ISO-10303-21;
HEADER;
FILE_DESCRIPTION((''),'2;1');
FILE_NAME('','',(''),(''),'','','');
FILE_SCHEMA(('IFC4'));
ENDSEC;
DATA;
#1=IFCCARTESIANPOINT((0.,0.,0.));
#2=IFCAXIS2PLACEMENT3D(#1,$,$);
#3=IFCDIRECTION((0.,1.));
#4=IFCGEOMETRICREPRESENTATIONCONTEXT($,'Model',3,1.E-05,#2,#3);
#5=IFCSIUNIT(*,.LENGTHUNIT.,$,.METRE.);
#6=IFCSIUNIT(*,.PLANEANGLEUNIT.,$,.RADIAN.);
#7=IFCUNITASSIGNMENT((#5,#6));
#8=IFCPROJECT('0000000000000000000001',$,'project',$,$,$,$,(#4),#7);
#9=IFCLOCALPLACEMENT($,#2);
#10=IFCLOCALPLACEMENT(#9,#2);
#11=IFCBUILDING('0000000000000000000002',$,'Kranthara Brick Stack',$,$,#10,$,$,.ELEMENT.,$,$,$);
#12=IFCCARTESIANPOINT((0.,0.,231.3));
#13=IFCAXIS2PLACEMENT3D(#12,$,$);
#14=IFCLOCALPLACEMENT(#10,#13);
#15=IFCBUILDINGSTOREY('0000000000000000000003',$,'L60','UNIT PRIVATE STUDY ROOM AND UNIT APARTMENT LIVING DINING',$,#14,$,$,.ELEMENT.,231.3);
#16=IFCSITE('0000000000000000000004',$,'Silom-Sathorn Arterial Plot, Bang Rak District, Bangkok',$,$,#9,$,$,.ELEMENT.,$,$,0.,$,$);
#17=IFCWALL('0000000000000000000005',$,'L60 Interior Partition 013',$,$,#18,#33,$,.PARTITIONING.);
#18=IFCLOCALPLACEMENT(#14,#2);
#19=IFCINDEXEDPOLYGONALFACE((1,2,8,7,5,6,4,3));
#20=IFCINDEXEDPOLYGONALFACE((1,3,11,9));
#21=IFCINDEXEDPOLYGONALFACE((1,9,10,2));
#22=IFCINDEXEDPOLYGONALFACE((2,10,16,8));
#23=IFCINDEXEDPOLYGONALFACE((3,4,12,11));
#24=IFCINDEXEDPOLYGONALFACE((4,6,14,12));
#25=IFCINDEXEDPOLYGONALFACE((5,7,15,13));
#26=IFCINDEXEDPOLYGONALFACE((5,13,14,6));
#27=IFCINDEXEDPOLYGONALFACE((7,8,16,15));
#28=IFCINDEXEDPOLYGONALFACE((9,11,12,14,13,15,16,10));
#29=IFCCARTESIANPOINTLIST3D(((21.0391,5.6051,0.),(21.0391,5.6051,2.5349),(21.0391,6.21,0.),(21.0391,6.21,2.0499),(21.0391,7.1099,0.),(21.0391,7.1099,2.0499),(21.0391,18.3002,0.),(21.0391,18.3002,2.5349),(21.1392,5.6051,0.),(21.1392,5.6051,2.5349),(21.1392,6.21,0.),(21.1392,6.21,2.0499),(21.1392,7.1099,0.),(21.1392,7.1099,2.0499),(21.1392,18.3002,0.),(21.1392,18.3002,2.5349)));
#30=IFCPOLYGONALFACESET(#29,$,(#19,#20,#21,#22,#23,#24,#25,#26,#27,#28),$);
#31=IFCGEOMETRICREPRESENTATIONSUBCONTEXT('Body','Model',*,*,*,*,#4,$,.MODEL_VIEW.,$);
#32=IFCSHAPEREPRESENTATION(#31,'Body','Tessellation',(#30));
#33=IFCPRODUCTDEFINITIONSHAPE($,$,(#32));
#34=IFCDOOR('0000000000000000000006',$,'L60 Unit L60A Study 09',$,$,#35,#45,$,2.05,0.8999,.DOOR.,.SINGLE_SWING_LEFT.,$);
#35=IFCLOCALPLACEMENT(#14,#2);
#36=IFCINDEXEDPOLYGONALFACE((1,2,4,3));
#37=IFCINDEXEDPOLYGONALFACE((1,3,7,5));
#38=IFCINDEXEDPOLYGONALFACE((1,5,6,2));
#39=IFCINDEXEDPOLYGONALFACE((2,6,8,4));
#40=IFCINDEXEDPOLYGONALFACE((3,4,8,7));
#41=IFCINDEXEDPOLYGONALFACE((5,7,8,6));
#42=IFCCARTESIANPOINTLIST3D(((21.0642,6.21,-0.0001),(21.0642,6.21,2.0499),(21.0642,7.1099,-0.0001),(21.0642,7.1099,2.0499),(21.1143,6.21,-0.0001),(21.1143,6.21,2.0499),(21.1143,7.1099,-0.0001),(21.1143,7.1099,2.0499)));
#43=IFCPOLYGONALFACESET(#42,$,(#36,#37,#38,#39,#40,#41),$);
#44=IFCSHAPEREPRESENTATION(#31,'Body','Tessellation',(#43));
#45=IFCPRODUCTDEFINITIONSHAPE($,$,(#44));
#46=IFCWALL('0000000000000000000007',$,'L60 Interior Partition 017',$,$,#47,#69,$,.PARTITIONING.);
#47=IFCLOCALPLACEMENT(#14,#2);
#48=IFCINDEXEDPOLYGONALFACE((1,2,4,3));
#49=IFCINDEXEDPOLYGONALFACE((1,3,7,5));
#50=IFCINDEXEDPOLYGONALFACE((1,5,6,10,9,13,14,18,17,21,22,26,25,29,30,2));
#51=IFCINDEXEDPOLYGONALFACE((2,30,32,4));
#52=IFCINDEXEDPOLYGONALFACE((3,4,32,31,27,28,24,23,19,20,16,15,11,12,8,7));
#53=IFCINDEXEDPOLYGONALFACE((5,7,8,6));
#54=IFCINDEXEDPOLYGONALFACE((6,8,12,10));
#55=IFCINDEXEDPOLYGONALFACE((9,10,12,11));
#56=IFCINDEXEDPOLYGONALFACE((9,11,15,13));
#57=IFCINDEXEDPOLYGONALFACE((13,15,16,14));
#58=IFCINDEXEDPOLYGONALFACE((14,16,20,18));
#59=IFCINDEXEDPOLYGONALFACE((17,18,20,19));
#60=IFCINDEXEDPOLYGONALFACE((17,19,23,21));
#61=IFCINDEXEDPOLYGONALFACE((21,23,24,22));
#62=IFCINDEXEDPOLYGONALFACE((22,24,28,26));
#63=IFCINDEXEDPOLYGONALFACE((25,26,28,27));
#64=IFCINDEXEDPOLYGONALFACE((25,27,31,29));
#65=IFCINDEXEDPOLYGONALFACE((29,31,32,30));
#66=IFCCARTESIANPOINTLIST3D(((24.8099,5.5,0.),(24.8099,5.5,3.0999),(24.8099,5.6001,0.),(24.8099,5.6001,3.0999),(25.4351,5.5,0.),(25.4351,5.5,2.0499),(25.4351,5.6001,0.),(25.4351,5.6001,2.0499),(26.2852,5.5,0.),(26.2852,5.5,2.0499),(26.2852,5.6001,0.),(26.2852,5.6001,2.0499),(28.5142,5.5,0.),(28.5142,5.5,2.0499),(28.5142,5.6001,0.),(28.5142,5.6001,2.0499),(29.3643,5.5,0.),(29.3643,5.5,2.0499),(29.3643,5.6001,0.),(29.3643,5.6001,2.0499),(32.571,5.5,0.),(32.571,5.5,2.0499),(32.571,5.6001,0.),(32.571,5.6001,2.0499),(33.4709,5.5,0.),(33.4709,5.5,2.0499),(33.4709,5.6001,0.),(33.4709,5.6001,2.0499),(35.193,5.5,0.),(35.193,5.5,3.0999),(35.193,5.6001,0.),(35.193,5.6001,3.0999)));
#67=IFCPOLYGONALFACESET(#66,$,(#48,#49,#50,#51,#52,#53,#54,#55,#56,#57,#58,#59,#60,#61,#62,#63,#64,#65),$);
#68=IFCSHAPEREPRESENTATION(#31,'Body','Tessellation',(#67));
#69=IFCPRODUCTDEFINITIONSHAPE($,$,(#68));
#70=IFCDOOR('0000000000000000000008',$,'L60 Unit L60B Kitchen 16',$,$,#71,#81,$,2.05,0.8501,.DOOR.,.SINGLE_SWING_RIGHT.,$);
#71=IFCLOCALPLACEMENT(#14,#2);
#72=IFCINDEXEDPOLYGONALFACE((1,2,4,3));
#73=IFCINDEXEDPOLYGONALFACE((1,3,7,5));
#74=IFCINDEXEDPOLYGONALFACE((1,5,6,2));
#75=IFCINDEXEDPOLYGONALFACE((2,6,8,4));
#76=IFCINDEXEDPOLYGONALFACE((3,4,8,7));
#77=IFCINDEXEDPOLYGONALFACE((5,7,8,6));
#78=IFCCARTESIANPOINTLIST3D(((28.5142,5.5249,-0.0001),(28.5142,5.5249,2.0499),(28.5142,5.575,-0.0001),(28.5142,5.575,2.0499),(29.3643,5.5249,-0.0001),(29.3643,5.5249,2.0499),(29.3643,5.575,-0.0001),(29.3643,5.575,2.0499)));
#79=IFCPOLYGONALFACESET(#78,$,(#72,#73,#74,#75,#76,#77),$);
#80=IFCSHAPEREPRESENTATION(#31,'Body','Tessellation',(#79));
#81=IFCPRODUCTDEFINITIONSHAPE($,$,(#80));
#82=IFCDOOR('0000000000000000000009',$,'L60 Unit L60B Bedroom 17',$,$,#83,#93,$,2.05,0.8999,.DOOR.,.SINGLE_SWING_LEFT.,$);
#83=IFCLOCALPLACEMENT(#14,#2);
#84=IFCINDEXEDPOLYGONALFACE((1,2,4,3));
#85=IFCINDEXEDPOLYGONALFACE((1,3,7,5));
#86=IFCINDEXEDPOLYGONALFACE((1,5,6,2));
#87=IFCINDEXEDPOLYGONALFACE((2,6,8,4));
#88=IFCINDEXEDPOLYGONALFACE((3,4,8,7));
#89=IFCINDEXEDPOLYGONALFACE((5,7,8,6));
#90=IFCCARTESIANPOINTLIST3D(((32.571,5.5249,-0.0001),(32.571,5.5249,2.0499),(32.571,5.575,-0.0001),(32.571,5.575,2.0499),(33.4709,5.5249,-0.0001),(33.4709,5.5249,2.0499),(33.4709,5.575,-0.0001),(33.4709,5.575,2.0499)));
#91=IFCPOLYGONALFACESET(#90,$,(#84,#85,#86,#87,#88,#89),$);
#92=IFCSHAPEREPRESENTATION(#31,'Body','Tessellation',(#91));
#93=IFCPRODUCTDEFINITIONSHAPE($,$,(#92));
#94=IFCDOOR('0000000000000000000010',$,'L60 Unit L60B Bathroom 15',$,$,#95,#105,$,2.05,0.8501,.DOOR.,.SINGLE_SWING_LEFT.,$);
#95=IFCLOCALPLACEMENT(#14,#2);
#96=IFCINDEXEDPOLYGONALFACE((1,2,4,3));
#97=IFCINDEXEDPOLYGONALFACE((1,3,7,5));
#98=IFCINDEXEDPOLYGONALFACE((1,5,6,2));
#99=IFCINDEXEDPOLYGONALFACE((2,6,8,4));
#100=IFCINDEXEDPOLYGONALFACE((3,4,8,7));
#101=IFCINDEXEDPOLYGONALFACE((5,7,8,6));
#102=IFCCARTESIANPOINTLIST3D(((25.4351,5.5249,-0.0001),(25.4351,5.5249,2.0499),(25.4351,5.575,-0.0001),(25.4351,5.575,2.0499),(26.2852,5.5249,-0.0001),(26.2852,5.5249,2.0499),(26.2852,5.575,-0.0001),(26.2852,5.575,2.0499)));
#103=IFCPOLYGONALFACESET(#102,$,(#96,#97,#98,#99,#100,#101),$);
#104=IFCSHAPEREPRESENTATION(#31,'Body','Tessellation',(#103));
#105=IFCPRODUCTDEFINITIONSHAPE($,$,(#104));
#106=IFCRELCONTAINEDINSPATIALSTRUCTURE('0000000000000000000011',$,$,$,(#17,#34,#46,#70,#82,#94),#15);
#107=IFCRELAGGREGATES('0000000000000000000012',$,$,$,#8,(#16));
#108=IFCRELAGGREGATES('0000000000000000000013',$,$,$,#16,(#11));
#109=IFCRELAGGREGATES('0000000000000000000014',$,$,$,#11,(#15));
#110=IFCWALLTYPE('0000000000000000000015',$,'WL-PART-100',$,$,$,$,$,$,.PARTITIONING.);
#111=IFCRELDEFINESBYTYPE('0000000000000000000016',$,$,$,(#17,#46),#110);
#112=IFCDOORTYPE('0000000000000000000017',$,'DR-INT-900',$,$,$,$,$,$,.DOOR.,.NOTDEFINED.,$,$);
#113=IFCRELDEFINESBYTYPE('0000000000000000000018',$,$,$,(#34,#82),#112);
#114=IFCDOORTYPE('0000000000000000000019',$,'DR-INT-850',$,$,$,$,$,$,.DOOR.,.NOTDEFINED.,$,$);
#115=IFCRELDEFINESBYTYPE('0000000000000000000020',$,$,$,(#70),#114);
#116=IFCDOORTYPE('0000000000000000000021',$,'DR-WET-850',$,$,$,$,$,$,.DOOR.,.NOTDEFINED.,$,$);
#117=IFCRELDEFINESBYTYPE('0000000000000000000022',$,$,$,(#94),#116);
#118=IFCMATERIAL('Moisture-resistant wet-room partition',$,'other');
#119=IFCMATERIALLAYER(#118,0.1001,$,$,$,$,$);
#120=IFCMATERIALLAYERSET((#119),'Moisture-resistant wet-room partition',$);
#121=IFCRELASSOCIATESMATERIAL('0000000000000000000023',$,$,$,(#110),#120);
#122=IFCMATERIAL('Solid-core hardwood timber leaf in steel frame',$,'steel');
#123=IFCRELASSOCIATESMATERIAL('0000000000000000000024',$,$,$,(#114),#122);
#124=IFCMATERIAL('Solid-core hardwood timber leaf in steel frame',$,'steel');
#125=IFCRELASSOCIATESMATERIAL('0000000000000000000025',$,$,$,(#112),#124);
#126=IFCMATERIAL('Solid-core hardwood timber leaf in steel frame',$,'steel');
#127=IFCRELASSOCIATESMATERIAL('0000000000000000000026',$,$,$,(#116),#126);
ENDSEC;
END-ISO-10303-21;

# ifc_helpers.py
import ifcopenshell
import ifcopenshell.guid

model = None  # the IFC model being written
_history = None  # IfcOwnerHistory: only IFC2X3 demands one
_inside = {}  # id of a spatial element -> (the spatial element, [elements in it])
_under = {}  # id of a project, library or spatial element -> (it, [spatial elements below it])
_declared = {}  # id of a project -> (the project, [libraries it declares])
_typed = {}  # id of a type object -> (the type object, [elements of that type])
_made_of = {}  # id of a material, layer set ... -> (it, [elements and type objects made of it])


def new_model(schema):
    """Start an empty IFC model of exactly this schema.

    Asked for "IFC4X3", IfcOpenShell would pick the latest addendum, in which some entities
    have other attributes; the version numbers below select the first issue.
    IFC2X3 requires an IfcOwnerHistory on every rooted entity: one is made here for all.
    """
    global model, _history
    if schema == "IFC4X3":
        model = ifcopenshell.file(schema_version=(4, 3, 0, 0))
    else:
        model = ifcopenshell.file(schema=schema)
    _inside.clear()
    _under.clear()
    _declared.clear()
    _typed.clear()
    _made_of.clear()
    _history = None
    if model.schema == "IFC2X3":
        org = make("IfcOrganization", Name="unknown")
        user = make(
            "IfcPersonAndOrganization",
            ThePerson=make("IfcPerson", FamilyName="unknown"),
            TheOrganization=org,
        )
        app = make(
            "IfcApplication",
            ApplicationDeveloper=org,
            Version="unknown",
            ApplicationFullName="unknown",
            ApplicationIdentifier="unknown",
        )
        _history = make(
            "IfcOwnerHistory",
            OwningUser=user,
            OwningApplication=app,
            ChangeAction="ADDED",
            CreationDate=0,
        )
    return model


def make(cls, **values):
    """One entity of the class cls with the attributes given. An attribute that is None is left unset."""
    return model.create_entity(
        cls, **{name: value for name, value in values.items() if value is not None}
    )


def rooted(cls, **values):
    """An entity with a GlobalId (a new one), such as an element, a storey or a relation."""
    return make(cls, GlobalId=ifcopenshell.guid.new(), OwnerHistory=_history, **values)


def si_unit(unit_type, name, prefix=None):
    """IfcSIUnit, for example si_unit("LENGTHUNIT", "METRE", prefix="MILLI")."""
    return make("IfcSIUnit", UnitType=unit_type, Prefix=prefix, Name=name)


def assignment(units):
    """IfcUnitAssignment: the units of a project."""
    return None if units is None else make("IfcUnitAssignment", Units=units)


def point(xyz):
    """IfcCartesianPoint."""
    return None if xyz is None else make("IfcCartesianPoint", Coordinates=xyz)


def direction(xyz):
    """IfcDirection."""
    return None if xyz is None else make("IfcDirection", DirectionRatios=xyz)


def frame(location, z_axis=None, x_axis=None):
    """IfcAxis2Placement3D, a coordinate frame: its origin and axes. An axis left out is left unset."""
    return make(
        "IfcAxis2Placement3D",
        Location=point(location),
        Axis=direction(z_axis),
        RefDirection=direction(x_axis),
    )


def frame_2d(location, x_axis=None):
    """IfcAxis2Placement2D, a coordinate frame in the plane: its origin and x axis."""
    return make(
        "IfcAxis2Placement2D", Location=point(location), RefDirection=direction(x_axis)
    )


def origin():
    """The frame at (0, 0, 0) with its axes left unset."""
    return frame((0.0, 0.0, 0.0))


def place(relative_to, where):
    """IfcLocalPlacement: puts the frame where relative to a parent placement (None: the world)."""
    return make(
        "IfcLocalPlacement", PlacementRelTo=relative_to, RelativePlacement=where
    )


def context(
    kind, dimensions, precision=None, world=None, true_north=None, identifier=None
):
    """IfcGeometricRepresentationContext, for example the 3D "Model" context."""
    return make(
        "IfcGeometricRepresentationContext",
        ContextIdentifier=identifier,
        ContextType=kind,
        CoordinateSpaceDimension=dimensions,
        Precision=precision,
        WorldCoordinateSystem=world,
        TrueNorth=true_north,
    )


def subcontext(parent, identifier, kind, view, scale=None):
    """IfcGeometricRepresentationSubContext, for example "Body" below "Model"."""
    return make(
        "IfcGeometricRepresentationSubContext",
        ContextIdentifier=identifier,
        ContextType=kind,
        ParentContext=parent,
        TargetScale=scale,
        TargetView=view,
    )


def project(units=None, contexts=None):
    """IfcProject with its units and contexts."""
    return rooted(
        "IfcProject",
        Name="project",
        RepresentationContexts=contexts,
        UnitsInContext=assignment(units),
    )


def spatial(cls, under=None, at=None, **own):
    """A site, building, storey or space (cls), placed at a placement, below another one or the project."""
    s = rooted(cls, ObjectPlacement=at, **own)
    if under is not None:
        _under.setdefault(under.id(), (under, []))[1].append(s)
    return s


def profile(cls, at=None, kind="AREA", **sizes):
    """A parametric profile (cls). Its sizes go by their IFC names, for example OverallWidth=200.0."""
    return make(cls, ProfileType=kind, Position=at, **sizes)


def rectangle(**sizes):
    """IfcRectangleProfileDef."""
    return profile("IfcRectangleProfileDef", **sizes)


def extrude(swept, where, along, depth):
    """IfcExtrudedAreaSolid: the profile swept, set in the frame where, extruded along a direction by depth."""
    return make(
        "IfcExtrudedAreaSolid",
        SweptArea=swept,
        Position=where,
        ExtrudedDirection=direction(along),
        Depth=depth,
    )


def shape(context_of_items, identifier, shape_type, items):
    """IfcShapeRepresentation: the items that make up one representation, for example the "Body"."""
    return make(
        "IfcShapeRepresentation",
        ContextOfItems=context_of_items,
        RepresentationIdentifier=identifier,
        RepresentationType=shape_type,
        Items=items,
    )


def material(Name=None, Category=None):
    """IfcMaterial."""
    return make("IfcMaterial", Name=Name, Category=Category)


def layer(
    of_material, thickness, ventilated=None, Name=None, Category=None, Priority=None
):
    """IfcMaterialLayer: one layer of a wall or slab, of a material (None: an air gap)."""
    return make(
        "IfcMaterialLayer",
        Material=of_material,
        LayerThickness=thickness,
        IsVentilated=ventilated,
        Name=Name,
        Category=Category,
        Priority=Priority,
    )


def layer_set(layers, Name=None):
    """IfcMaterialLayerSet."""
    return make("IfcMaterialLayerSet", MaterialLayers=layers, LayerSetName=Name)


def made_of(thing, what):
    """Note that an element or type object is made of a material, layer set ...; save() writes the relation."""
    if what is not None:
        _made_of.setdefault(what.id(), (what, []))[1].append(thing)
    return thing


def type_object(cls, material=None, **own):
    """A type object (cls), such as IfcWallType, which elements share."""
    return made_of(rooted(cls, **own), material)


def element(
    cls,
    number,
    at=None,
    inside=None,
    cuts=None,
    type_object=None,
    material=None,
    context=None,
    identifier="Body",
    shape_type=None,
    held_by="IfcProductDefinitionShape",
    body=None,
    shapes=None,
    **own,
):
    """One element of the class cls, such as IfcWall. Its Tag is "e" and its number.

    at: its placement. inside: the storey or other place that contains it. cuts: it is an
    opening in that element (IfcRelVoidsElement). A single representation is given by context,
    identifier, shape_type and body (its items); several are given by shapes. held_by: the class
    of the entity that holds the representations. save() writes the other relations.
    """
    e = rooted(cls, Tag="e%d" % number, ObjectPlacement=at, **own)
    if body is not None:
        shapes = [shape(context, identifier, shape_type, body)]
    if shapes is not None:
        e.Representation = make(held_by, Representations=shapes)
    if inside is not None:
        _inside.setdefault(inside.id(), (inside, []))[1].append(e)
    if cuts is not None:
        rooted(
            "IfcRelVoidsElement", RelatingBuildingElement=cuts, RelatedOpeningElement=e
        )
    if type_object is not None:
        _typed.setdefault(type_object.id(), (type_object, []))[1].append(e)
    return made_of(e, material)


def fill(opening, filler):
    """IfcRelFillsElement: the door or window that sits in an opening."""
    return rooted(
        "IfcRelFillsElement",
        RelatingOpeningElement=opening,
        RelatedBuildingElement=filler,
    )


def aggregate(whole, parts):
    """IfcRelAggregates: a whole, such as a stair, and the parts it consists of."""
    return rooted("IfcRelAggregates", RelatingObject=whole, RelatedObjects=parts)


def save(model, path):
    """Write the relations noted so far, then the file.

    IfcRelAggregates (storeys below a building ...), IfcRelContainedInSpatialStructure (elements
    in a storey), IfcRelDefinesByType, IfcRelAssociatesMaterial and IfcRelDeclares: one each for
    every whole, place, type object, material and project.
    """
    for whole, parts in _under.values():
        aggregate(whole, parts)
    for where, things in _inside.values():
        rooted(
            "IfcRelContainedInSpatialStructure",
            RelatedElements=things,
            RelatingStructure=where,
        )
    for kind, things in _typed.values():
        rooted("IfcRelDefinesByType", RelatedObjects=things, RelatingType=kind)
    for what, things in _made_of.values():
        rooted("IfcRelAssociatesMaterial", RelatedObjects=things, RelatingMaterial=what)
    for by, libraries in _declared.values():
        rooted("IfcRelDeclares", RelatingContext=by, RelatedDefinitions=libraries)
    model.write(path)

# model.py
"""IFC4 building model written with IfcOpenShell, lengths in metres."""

from ifc_helpers import new_model, si_unit, direction, frame, frame_2d, origin, place, context, subcontext, project, spatial, rectangle, extrude, material, layer, layer_set, type_object, element, fill, save


model = new_model("IFC4")

# Units and contexts
model_context = context("Model", 3, precision=1e-05, world=origin(), true_north=direction((0.0, 1.0)))
body_context = subcontext(model_context, "Body", "Model", "MODEL_VIEW")
ifc_project = project(units=[si_unit("LENGTHUNIT", "METRE"), si_unit("PLANEANGLEUNIT", "RADIAN")], contexts=[model_context])

# Site, building, storey
site_placement = place(None, origin())
site = spatial("IfcSite", under=ifc_project, at=site_placement, Name="Silom-Sathorn Arterial Plot, Bang Rak District, Bangkok", CompositionType="ELEMENT", RefElevation=0.0)
building_placement = place(site_placement, origin())
building = spatial("IfcBuilding", under=site, at=building_placement, Name="Kranthara Brick Stack", CompositionType="ELEMENT")
storey_placement = place(building_placement, frame((0.0, 0.0, 231.3)))
storey = spatial("IfcBuildingStorey", under=building, at=storey_placement, Name="L60", Description="UNIT PRIVATE STUDY ROOM AND UNIT APARTMENT LIVING DINING", CompositionType="ELEMENT", Elevation=231.3)

# Shared definitions
ifc_material_1 = material(Name="Moisture-resistant wet-room partition", Category="other")
ifc_layer_1 = layer(ifc_material_1, 0.1001)
ifc_layer_set_1 = layer_set([ifc_layer_1], Name="Moisture-resistant wet-room partition")
wall_type_1 = type_object("IfcWallType", Name="WL-PART-100", PredefinedType="PARTITIONING", material=ifc_layer_set_1)
ifc_material_2 = material(Name="Solid-core hardwood timber leaf in steel frame", Category="steel")
door_type_1 = type_object("IfcDoorType", Name="DR-INT-850", OperationType="NOTDEFINED", PredefinedType="DOOR", material=ifc_material_2)
ifc_material_3 = material(Name="Solid-core hardwood timber leaf in steel frame", Category="steel")
door_type_2 = type_object("IfcDoorType", Name="DR-INT-900", OperationType="NOTDEFINED", PredefinedType="DOOR", material=ifc_material_3)
ifc_material_4 = material(Name="Solid-core hardwood timber leaf in steel frame", Category="steel")
door_type_3 = type_object("IfcDoorType", Name="DR-WET-850", OperationType="NOTDEFINED", PredefinedType="DOOR", material=ifc_material_4)

# Wall, opening, door
wall_1_placement = place(storey_placement, frame((21.0891, 5.605, 0.0), z_axis=(0.0, 0.0, 1.0), x_axis=(0.0, 1.0, 0.0)))
wall_1 = element("IfcWall", 1, at=wall_1_placement, inside=storey, type_object=wall_type_1, Name="L60 Interior Partition 013", PredefinedType="PARTITIONING", context=body_context, shape_type="SweptSolid", body=[
    extrude(rectangle(XDim=12.6951, YDim=0.1001, at=frame_2d((6.3477, 0.0))), origin(), (0.0, 0.0, 1.0), 2.5349),
])
opening_1_placement = place(wall_1_placement, frame((0.605, 0.0, 0.0)))
opening_1 = element("IfcOpeningElement", 2, at=opening_1_placement, cuts=wall_1, PredefinedType="OPENING", context=body_context, shape_type="SweptSolid", body=[
    extrude(rectangle(XDim=0.8999, YDim=2.05, at=frame_2d((0.45, 1.0249))), frame((0.0, 0.0601, 0.0), z_axis=(0.0, -1.0, 0.0), x_axis=(1.0, 0.0, 0.0)), (0.0, 0.0, 1.0), 0.1201),
])
door_1_placement = place(opening_1_placement, origin())
door_1 = element("IfcDoor", 3, at=door_1_placement, inside=storey, type_object=door_type_2, Name="L60 Unit L60A Study 09", OperationType="SINGLE_SWING_LEFT", OverallHeight=2.05, OverallWidth=0.8999, PredefinedType="DOOR", context=body_context, shape_type="SweptSolid", body=[
    extrude(rectangle(XDim=0.8999, YDim=2.05, at=frame_2d((0.45, 1.0249))), frame((0.0, 0.0249, 0.0), z_axis=(0.0, -1.0, 0.0), x_axis=(1.0, 0.0, 0.0)), (0.0, 0.0, 1.0), 0.05),
])
fill(opening_1, door_1)

# Wall, openings, doors
wall_2_placement = place(storey_placement, frame((24.8101, 5.55, 0.0), z_axis=(0.0, 0.0, 1.0), x_axis=(1.0, 0.0, 0.0)))
wall_2 = element("IfcWall", 4, at=wall_2_placement, inside=storey, type_object=wall_type_1, Name="L60 Interior Partition 017", PredefinedType="PARTITIONING", context=body_context, shape_type="SweptSolid", body=[
    extrude(rectangle(XDim=10.3831, YDim=0.1001, at=frame_2d((5.1914, 0.0))), origin(), (0.0, 0.0, 1.0), 3.0999),
])
opening_2_placement = place(wall_2_placement, frame((0.625, 0.0, 0.0)))
opening_2 = element("IfcOpeningElement", 5, at=opening_2_placement, cuts=wall_2, PredefinedType="OPENING", context=body_context, shape_type="SweptSolid", body=[
    extrude(rectangle(XDim=0.8501, YDim=2.05, at=frame_2d((0.425, 1.0249))), frame((0.0, 0.0601, 0.0), z_axis=(0.0, -1.0, 0.0), x_axis=(1.0, 0.0, 0.0)), (0.0, 0.0, 1.0), 0.1201),
])
opening_3_placement = place(wall_2_placement, frame((3.7041, 0.0, 0.0)))
opening_3 = element("IfcOpeningElement", 6, at=opening_3_placement, cuts=wall_2, PredefinedType="OPENING", context=body_context, shape_type="SweptSolid", body=[
    extrude(rectangle(XDim=0.8501, YDim=2.05, at=frame_2d((0.425, 1.0249))), frame((0.0, 0.0601, 0.0), z_axis=(0.0, -1.0, 0.0), x_axis=(1.0, 0.0, 0.0)), (0.0, 0.0, 1.0), 0.1201),
])
opening_4_placement = place(wall_2_placement, frame((7.761, 0.0, 0.0)))
opening_4 = element("IfcOpeningElement", 7, at=opening_4_placement, cuts=wall_2, PredefinedType="OPENING", context=body_context, shape_type="SweptSolid", body=[
    extrude(rectangle(XDim=0.8999, YDim=2.05, at=frame_2d((0.45, 1.0249))), frame((0.0, 0.0601, 0.0), z_axis=(0.0, -1.0, 0.0), x_axis=(1.0, 0.0, 0.0)), (0.0, 0.0, 1.0), 0.1201),
])
door_2_placement = place(opening_3_placement, origin())
door_2 = element("IfcDoor", 8, at=door_2_placement, inside=storey, type_object=door_type_1, Name="L60 Unit L60B Kitchen 16", OperationType="SINGLE_SWING_RIGHT", OverallHeight=2.05, OverallWidth=0.8501, PredefinedType="DOOR", context=body_context, shape_type="SweptSolid", body=[
    extrude(rectangle(XDim=0.8501, YDim=2.05, at=frame_2d((0.425, 1.0249))), frame((0.0, 0.0249, 0.0), z_axis=(0.0, -1.0, 0.0), x_axis=(1.0, 0.0, 0.0)), (0.0, 0.0, 1.0), 0.05),
])
fill(opening_3, door_2)
door_3_placement = place(opening_4_placement, origin())
door_3 = element("IfcDoor", 9, at=door_3_placement, inside=storey, type_object=door_type_2, Name="L60 Unit L60B Bedroom 17", OperationType="SINGLE_SWING_LEFT", OverallHeight=2.05, OverallWidth=0.8999, PredefinedType="DOOR", context=body_context, shape_type="SweptSolid", body=[
    extrude(rectangle(XDim=0.8999, YDim=2.05, at=frame_2d((0.45, 1.0249))), frame((0.0, 0.0249, 0.0), z_axis=(0.0, -1.0, 0.0), x_axis=(1.0, 0.0, 0.0)), (0.0, 0.0, 1.0), 0.05),
])
fill(opening_4, door_3)
door_4_placement = place(opening_2_placement, origin())
door_4 = element("IfcDoor", 10, at=door_4_placement, inside=storey, type_object=door_type_3, Name="L60 Unit L60B Bathroom 15", OperationType="SINGLE_SWING_LEFT", OverallHeight=2.05, OverallWidth=0.8501, PredefinedType="DOOR", context=body_context, shape_type="SweptSolid", body=[
    extrude(rectangle(XDim=0.8501, YDim=2.05, at=frame_2d((0.425, 1.0249))), frame((0.0, 0.0249, 0.0), z_axis=(0.0, -1.0, 0.0), x_axis=(1.0, 0.0, 0.0)), (0.0, 0.0, 1.0), 0.05),
])
fill(opening_2, door_4)

save(model, "model.ifc")
